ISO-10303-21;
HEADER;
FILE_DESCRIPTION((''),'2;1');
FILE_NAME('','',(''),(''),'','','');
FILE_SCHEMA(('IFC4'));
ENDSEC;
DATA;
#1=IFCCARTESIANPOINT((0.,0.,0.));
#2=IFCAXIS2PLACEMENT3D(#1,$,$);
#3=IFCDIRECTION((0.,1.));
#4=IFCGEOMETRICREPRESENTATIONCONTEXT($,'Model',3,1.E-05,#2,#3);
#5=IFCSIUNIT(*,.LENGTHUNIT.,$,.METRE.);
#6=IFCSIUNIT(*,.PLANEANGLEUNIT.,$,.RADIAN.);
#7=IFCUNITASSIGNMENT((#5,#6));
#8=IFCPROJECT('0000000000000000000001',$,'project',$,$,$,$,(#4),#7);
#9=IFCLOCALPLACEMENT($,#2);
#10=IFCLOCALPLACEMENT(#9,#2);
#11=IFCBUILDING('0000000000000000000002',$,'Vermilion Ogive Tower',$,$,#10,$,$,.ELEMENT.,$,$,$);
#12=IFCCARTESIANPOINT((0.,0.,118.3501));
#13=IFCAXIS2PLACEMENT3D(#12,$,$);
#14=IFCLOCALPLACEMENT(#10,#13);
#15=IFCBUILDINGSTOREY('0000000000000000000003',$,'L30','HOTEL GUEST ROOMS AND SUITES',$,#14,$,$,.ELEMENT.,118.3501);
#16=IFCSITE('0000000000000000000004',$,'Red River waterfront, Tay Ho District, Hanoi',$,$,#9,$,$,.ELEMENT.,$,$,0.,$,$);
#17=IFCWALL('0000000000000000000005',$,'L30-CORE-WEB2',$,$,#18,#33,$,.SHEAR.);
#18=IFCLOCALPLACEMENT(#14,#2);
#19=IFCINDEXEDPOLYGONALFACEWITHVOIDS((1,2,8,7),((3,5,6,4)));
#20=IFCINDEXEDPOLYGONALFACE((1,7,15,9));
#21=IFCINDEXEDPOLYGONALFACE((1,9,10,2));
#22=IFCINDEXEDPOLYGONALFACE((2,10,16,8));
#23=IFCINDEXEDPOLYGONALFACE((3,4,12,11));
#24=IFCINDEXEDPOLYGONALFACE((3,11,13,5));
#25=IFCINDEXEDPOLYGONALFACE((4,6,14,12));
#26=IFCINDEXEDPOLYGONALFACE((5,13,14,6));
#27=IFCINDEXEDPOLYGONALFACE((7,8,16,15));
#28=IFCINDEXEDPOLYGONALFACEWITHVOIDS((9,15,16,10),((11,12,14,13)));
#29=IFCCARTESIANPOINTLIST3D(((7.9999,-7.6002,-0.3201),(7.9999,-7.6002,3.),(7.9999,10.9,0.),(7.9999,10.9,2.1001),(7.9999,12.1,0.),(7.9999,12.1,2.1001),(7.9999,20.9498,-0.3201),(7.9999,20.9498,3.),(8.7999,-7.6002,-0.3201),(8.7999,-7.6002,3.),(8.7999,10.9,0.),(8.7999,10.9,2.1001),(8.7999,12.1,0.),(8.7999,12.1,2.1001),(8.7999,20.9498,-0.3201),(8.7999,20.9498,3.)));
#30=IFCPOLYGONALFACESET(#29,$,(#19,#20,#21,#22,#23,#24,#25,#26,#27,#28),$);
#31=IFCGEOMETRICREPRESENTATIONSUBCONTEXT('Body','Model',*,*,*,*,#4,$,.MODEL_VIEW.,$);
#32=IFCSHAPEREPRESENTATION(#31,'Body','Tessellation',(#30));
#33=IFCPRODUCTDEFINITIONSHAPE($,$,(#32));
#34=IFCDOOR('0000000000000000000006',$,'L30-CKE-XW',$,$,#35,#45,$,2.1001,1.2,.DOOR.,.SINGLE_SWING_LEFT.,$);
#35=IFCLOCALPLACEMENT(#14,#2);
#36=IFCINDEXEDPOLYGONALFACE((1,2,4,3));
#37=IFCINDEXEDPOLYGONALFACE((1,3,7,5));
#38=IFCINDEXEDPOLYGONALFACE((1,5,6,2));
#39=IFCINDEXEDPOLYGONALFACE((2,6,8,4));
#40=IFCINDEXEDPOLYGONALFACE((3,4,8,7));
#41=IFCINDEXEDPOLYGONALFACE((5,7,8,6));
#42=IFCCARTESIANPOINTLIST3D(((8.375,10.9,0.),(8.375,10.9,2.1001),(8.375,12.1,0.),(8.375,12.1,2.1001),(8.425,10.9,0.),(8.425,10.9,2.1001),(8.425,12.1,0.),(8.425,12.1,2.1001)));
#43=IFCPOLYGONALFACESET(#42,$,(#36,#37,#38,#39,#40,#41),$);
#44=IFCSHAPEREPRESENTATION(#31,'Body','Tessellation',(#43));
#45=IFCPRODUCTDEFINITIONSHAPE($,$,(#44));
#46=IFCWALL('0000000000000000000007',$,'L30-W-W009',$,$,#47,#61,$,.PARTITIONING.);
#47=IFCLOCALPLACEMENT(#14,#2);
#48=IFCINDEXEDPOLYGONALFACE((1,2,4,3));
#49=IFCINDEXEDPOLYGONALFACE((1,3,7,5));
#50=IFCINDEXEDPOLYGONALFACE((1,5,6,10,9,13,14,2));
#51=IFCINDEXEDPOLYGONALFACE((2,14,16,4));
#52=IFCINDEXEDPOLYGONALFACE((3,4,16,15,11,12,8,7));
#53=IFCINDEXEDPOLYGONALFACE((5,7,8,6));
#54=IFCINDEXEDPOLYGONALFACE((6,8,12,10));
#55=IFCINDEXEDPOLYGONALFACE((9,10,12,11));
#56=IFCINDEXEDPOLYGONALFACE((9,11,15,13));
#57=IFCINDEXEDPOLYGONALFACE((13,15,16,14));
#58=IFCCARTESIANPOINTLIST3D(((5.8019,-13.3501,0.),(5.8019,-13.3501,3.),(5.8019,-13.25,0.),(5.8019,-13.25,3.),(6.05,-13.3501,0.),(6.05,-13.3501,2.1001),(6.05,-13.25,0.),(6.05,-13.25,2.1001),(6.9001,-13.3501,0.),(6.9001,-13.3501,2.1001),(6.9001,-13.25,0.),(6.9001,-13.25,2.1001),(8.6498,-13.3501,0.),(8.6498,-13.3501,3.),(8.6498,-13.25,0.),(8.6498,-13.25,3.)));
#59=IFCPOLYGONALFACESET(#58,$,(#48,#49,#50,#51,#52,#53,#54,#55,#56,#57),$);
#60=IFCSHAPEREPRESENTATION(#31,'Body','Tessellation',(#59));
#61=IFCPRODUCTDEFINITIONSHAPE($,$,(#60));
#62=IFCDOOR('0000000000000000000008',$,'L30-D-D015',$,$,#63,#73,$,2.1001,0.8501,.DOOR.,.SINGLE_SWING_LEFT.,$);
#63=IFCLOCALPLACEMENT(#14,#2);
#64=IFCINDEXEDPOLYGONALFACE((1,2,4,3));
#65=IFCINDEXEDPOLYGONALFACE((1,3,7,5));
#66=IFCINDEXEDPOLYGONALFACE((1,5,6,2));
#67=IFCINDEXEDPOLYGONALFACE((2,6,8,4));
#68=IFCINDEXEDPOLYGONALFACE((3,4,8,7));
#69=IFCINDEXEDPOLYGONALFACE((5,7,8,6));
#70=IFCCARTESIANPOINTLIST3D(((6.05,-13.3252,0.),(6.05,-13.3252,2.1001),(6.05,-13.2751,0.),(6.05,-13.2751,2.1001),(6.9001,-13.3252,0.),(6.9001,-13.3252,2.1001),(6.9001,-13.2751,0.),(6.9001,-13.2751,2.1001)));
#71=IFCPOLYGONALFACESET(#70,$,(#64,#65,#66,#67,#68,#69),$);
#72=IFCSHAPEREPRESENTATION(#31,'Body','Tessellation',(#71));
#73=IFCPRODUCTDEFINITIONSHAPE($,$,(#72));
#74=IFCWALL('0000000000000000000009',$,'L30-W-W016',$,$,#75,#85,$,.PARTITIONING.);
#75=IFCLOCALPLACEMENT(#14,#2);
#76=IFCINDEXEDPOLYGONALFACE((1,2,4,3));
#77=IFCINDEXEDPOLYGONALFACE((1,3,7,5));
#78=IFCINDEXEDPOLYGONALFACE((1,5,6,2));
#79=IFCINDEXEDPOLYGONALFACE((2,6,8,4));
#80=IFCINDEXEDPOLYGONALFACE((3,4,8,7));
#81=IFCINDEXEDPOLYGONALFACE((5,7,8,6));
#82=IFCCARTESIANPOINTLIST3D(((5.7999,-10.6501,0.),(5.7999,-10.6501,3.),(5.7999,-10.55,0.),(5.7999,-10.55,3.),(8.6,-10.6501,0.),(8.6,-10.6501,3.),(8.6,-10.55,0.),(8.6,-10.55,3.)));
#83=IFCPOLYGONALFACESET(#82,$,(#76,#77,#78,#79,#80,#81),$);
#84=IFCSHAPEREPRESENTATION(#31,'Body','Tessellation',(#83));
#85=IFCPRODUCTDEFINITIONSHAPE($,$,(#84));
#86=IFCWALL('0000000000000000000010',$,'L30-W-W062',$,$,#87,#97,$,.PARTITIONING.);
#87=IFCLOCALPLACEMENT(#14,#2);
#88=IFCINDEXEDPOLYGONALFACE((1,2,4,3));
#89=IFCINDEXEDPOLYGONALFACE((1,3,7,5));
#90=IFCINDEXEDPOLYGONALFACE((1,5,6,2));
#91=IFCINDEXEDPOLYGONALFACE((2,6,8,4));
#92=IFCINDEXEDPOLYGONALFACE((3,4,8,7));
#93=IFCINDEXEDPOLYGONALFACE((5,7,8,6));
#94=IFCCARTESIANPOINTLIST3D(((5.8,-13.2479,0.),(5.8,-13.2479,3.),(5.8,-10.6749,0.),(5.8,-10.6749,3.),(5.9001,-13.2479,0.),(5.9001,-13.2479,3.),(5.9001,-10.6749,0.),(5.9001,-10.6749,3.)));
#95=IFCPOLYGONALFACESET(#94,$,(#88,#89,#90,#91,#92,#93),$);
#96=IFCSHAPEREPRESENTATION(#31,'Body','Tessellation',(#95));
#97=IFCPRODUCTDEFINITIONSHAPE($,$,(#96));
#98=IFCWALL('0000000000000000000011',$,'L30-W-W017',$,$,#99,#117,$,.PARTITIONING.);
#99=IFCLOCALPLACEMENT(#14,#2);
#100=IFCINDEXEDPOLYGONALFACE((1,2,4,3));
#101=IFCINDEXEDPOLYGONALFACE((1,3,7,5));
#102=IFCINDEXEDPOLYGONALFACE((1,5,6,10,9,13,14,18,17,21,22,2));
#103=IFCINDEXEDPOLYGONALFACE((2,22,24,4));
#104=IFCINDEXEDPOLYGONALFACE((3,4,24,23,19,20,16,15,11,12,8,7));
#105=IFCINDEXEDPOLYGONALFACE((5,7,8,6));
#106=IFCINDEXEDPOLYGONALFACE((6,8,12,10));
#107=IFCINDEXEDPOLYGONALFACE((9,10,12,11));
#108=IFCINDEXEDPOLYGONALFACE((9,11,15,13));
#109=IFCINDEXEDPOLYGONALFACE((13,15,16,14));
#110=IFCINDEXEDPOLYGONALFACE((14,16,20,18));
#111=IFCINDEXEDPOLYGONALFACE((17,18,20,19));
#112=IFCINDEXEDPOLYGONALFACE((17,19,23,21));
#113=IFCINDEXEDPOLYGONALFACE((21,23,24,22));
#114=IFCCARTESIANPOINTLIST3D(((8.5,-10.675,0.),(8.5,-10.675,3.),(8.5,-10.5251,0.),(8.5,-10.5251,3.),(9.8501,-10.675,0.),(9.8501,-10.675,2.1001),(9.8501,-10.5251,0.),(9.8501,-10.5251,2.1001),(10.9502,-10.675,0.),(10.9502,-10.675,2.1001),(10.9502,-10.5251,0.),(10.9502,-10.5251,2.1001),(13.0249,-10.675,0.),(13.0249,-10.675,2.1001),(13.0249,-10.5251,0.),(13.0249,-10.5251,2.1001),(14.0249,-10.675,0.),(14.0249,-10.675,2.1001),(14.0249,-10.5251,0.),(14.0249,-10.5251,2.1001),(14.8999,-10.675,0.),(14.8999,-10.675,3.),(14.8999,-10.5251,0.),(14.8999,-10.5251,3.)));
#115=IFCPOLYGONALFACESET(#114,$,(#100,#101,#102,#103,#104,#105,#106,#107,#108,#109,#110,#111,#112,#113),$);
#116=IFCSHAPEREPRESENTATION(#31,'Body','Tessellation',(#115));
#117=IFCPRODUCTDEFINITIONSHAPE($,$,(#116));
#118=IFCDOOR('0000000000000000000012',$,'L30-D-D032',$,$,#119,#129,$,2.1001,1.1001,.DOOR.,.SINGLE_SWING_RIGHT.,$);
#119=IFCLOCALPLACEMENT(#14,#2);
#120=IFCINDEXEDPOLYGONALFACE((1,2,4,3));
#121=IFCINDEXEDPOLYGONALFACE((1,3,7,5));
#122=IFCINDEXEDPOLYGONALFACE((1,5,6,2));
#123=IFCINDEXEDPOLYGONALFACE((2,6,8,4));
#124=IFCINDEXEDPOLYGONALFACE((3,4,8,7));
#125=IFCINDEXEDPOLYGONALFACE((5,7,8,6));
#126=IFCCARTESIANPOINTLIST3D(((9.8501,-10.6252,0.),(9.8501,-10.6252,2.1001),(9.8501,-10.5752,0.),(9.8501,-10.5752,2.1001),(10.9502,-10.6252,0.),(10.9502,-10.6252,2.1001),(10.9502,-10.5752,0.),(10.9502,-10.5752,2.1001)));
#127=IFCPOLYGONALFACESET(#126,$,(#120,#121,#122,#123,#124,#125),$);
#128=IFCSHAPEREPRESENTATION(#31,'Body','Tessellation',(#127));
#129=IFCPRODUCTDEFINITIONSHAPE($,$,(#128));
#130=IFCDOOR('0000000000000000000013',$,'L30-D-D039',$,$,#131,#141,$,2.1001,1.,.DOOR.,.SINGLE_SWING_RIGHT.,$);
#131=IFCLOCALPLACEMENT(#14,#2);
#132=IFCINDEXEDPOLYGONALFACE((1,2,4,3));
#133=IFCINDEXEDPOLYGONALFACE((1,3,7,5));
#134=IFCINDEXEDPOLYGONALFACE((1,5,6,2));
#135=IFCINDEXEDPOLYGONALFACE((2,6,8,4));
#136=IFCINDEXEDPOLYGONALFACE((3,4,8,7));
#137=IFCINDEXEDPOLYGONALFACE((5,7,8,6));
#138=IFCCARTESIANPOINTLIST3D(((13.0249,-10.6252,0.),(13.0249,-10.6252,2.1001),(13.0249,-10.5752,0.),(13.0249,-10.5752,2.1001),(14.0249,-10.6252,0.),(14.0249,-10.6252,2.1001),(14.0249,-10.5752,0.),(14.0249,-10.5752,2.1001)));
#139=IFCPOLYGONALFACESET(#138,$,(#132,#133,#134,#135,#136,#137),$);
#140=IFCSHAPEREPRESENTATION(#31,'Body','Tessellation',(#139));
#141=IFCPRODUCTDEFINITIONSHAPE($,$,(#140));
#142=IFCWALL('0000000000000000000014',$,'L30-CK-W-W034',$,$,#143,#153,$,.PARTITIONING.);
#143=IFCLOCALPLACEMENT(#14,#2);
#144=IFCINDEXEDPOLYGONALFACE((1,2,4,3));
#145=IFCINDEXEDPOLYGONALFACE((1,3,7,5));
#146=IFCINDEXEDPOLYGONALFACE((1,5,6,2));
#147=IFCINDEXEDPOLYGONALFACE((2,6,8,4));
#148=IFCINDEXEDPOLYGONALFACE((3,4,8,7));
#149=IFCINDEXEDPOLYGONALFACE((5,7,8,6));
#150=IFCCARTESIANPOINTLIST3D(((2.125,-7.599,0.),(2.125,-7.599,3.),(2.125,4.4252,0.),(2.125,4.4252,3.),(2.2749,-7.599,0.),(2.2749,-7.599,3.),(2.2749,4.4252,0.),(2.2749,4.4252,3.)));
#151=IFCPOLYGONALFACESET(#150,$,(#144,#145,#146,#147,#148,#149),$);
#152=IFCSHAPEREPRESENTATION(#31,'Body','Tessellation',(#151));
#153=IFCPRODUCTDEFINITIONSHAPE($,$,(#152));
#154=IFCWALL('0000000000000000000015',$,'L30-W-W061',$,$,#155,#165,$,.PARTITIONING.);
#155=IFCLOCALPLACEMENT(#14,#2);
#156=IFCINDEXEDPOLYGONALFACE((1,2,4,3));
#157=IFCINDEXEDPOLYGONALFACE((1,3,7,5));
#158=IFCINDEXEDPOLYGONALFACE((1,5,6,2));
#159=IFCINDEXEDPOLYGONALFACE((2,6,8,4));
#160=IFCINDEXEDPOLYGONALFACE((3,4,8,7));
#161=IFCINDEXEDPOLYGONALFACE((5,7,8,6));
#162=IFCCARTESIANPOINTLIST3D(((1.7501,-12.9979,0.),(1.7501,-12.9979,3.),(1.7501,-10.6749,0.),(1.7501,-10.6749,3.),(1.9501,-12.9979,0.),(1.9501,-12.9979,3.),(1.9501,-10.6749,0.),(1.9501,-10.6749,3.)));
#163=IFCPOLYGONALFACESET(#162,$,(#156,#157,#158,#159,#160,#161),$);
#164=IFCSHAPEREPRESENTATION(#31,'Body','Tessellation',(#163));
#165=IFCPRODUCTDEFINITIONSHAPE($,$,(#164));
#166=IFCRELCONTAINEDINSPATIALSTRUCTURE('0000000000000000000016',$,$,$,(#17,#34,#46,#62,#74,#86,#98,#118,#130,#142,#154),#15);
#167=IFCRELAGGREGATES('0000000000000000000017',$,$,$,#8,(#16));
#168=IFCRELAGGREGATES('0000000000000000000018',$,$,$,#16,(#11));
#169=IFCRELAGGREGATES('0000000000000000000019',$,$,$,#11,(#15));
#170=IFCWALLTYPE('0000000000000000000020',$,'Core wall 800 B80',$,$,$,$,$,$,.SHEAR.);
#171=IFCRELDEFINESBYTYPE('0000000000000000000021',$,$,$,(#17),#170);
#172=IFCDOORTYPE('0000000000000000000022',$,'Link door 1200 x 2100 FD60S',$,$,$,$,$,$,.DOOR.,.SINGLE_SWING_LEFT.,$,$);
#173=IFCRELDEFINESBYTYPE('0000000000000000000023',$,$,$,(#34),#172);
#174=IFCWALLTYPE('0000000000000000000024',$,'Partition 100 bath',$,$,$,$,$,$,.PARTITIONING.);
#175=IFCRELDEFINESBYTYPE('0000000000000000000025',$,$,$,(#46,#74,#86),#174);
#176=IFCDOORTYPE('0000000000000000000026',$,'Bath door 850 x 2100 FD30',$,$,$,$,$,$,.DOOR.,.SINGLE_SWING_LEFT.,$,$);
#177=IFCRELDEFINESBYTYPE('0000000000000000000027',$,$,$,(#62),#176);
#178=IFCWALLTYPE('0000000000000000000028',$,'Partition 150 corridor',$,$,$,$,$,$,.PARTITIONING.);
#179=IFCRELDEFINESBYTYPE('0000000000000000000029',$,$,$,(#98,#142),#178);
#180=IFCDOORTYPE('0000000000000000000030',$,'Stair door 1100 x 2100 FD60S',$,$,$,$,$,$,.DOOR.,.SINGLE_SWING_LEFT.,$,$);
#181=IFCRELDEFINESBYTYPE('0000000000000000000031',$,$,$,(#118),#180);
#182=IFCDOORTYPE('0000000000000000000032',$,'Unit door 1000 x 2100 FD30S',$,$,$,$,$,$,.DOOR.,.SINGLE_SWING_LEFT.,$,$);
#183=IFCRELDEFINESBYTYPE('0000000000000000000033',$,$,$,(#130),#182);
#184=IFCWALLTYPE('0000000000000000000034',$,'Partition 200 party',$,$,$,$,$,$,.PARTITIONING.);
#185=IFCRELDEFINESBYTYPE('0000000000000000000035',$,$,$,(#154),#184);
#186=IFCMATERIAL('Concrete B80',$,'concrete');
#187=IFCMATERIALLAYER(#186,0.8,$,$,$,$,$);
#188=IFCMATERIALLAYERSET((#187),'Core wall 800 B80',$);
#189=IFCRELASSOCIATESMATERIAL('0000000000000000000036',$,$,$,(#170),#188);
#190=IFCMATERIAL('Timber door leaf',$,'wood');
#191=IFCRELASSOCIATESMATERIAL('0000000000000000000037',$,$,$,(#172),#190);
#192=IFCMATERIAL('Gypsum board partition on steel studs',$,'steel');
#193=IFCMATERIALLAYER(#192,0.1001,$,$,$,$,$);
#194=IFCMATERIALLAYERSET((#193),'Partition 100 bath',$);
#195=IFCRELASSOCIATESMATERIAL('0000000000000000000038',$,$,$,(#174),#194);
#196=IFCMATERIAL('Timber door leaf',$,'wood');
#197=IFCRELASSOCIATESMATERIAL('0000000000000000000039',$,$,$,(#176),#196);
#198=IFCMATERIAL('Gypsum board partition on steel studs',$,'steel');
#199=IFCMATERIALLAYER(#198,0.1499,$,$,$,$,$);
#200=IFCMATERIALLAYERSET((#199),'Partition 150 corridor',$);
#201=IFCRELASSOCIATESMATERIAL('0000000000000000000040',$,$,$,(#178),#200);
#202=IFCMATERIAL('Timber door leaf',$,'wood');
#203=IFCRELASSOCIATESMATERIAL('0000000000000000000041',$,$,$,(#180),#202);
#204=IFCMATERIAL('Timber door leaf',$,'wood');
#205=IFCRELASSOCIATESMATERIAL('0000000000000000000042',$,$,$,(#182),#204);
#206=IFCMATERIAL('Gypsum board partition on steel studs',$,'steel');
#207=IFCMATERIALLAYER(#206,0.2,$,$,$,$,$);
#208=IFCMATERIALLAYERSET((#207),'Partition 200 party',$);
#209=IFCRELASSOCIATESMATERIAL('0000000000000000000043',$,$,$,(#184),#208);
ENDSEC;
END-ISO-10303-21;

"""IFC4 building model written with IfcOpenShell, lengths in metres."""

from ifc_helpers import new_model, si_unit, direction, frame, frame_2d, origin, place, context, subcontext, project, spatial, rectangle, extrude, material, layer, layer_set, type_object, element, fill, save


model = new_model("IFC4")

# Units and contexts
model_context = context("Model", 3, precision=1e-05, world=origin(), true_north=direction((0.0, 1.0)))
body_context = subcontext(model_context, "Body", "Model", "MODEL_VIEW")
ifc_project = project(units=[si_unit("LENGTHUNIT", "METRE"), si_unit("PLANEANGLEUNIT", "RADIAN")], contexts=[model_context])

# Site, building, storey
site_placement = place(None, origin())
site = spatial("IfcSite", under=ifc_project, at=site_placement, Name="Red River waterfront, Tay Ho District, Hanoi", CompositionType="ELEMENT", RefElevation=0.0)
building_placement = place(site_placement, origin())
building = spatial("IfcBuilding", under=site, at=building_placement, Name="Vermilion Ogive Tower", CompositionType="ELEMENT")
storey_placement = place(building_placement, frame((0.0, 0.0, 118.3501)))
storey = spatial("IfcBuildingStorey", under=building, at=storey_placement, Name="L30", Description="HOTEL GUEST ROOMS AND SUITES", CompositionType="ELEMENT", Elevation=118.3501)

# Walls, openings, doors
ifc_material_1 = material(Name="Concrete B80", Category="concrete")
ifc_layer_1 = layer(ifc_material_1, 0.8)
ifc_layer_set_1 = layer_set([ifc_layer_1], Name="Core wall 800 B80")
wall_type_1 = type_object("IfcWallType", Name="Core wall 800 B80", PredefinedType="SHEAR", material=ifc_layer_set_1)
wall_1_placement = place(storey_placement, frame((8.3999, -7.6001, -0.3201), z_axis=(0.0, 0.0, 1.0), x_axis=(0.0, 1.0, 0.0)))
wall_1 = element("IfcWall", 1, at=wall_1_placement, inside=storey, type_object=wall_type_1, Name="L30-CORE-WEB2", PredefinedType="SHEAR", context=body_context, shape_type="SweptSolid", body=[
    extrude(rectangle(XDim=28.55, YDim=0.8, at=frame_2d((14.2749, 0.0))), origin(), (0.0, 0.0, 1.0), 3.3201),
])
opening_1_placement = place(wall_1_placement, frame((18.5, 0.0, 0.3201)))
opening_1 = element("IfcOpeningElement", 2, at=opening_1_placement, cuts=wall_1, PredefinedType="OPENING", context=body_context, shape_type="SweptSolid", body=[
    extrude(rectangle(XDim=1.2, YDim=2.1001, at=frame_2d((0.6001, 1.05))), frame((0.0, 0.4099, 0.0), z_axis=(0.0, -1.0, 0.0), x_axis=(1.0, 0.0, 0.0)), (0.0, 0.0, 1.0), 0.8201),
])
ifc_material_2 = material(Name="Timber door leaf", Category="wood")
door_type_1 = type_object("IfcDoorType", Name="Link door 1200 x 2100 FD60S", OperationType="SINGLE_SWING_LEFT", PredefinedType="DOOR", material=ifc_material_2)
door_1_placement = place(opening_1_placement, origin())
door_1 = element("IfcDoor", 3, at=door_1_placement, inside=storey, type_object=door_type_1, Name="L30-CKE-XW", OperationType="SINGLE_SWING_LEFT", OverallHeight=2.1001, OverallWidth=1.2, PredefinedType="DOOR", context=body_context, shape_type="SweptSolid", body=[
    extrude(rectangle(XDim=1.2, YDim=2.1001, at=frame_2d((0.6001, 1.05))), frame((0.0, 0.0249, 0.0), z_axis=(0.0, -1.0, 0.0), x_axis=(1.0, 0.0, 0.0)), (0.0, 0.0, 1.0), 0.05),
])
fill(opening_1, door_1)
ifc_material_3 = material(Name="Gypsum board partition on steel studs", Category="steel")
ifc_layer_2 = layer(ifc_material_3, 0.1001)
ifc_layer_set_2 = layer_set([ifc_layer_2], Name="Partition 100 bath")
wall_type_2 = type_object("IfcWallType", Name="Partition 100 bath", PredefinedType="PARTITIONING", material=ifc_layer_set_2)
wall_2_placement = place(storey_placement, frame((5.802, -13.3, 0.0), z_axis=(0.0, 0.0, 1.0), x_axis=(1.0, 0.0, 0.0)))
wall_2 = element("IfcWall", 4, at=wall_2_placement, inside=storey, type_object=wall_type_2, Name="L30-W-W009", PredefinedType="PARTITIONING", context=body_context, shape_type="SweptSolid", body=[
    extrude(rectangle(XDim=2.8479, YDim=0.1001, at=frame_2d((1.4238, 0.0))), origin(), (0.0, 0.0, 1.0), 3.0),
])
opening_2_placement = place(wall_2_placement, frame((0.248, 0.0, 0.0)))
opening_2 = element("IfcOpeningElement", 5, at=opening_2_placement, cuts=wall_2, PredefinedType="OPENING", context=body_context, shape_type="SweptSolid", body=[
    extrude(rectangle(XDim=0.8501, YDim=2.1001, at=frame_2d((0.425, 1.05))), frame((0.0, 0.0601, 0.0), z_axis=(0.0, -1.0, 0.0), x_axis=(1.0, 0.0, 0.0)), (0.0, 0.0, 1.0), 0.1201),
])
ifc_material_4 = material(Name="Timber door leaf", Category="wood")
door_type_2 = type_object("IfcDoorType", Name="Bath door 850 x 2100 FD30", OperationType="SINGLE_SWING_LEFT", PredefinedType="DOOR", material=ifc_material_4)
door_2_placement = place(opening_2_placement, origin())
door_2 = element("IfcDoor", 6, at=door_2_placement, inside=storey, type_object=door_type_2, Name="L30-D-D015", OperationType="SINGLE_SWING_LEFT", OverallHeight=2.1001, OverallWidth=0.8501, PredefinedType="DOOR", context=body_context, shape_type="SweptSolid", body=[
    extrude(rectangle(XDim=0.8501, YDim=2.1001, at=frame_2d((0.425, 1.05))), frame((0.0, 0.0249, 0.0), z_axis=(0.0, -1.0, 0.0), x_axis=(1.0, 0.0, 0.0)), (0.0, 0.0, 1.0), 0.05),
])
fill(opening_2, door_2)

# Walls
wall_3_placement = place(storey_placement, frame((5.8, -10.6001, 0.0), z_axis=(0.0, 0.0, 1.0), x_axis=(1.0, 0.0, 0.0)))
element("IfcWall", 7, at=wall_3_placement, inside=storey, type_object=wall_type_2, Name="L30-W-W016", PredefinedType="PARTITIONING", context=body_context, shape_type="SweptSolid", body=[
    extrude(rectangle(XDim=2.8, YDim=0.1001, at=frame_2d((1.3999, 0.0))), origin(), (0.0, 0.0, 1.0), 3.0),
])
wall_4_placement = place(storey_placement, frame((5.8501, -13.248, 0.0), z_axis=(0.0, 0.0, 1.0), x_axis=(0.0, 1.0, 0.0)))
element("IfcWall", 8, at=wall_4_placement, inside=storey, type_object=wall_type_2, Name="L30-W-W062", PredefinedType="PARTITIONING", context=body_context, shape_type="SweptSolid", body=[
    extrude(rectangle(XDim=2.573, YDim=0.1001, at=frame_2d((1.2866, 0.0))), origin(), (0.0, 0.0, 1.0), 3.0),
])

# Wall, openings, doors
ifc_material_5 = material(Name="Gypsum board partition on steel studs", Category="steel")
ifc_layer_3 = layer(ifc_material_5, 0.1499)
ifc_layer_set_3 = layer_set([ifc_layer_3], Name="Partition 150 corridor")
wall_type_3 = type_object("IfcWallType", Name="Partition 150 corridor", PredefinedType="PARTITIONING", material=ifc_layer_set_3)
wall_5_placement = place(storey_placement, frame((8.5, -10.6001, 0.0), z_axis=(0.0, 0.0, 1.0), x_axis=(1.0, 0.0, 0.0)))
wall_5 = element("IfcWall", 9, at=wall_5_placement, inside=storey, type_object=wall_type_3, Name="L30-W-W017", PredefinedType="PARTITIONING", context=body_context, shape_type="SweptSolid", body=[
    extrude(rectangle(XDim=6.3999, YDim=0.1499, at=frame_2d((3.2, 0.0))), origin(), (0.0, 0.0, 1.0), 3.0),
])
opening_3_placement = place(wall_5_placement, frame((1.3501, 0.0, 0.0)))
opening_3 = element("IfcOpeningElement", 10, at=opening_3_placement, cuts=wall_5, PredefinedType="OPENING", context=body_context, shape_type="SweptSolid", body=[
    extrude(rectangle(XDim=1.1001, YDim=2.1001, at=frame_2d((0.55, 1.05))), frame((0.0, 0.085, 0.0), z_axis=(0.0, -1.0, 0.0), x_axis=(1.0, 0.0, 0.0)), (0.0, 0.0, 1.0), 0.1699),
])
opening_4_placement = place(wall_5_placement, frame((4.5249, 0.0, 0.0)))
opening_4 = element("IfcOpeningElement", 11, at=opening_4_placement, cuts=wall_5, PredefinedType="OPENING", context=body_context, shape_type="SweptSolid", body=[
    extrude(rectangle(XDim=1.0, YDim=2.1001, at=frame_2d((0.5, 1.05))), frame((0.0, 0.085, 0.0), z_axis=(0.0, -1.0, 0.0), x_axis=(1.0, 0.0, 0.0)), (0.0, 0.0, 1.0), 0.1699),
])
ifc_material_6 = material(Name="Timber door leaf", Category="wood")
door_type_3 = type_object("IfcDoorType", Name="Stair door 1100 x 2100 FD60S", OperationType="SINGLE_SWING_LEFT", PredefinedType="DOOR", material=ifc_material_6)
door_3_placement = place(opening_3_placement, origin())
door_3 = element("IfcDoor", 12, at=door_3_placement, inside=storey, type_object=door_type_3, Name="L30-D-D032", OperationType="SINGLE_SWING_RIGHT", OverallHeight=2.1001, OverallWidth=1.1001, PredefinedType="DOOR", context=body_context, shape_type="SweptSolid", body=[
    extrude(rectangle(XDim=1.1001, YDim=2.1001, at=frame_2d((0.55, 1.05))), frame((0.0, 0.0249, 0.0), z_axis=(0.0, -1.0, 0.0), x_axis=(1.0, 0.0, 0.0)), (0.0, 0.0, 1.0), 0.05),
])
fill(opening_3, door_3)
ifc_material_7 = material(Name="Timber door leaf", Category="wood")
door_type_4 = type_object("IfcDoorType", Name="Unit door 1000 x 2100 FD30S", OperationType="SINGLE_SWING_LEFT", PredefinedType="DOOR", material=ifc_material_7)
door_4_placement = place(opening_4_placement, origin())
door_4 = element("IfcDoor", 13, at=door_4_placement, inside=storey, type_object=door_type_4, Name="L30-D-D039", OperationType="SINGLE_SWING_RIGHT", OverallHeight=2.1001, OverallWidth=1.0, PredefinedType="DOOR", context=body_context, shape_type="SweptSolid", body=[
    extrude(rectangle(XDim=1.0, YDim=2.1001, at=frame_2d((0.5, 1.05))), frame((0.0, 0.0249, 0.0), z_axis=(0.0, -1.0, 0.0), x_axis=(1.0, 0.0, 0.0)), (0.0, 0.0, 1.0), 0.05),
])
fill(opening_4, door_4)

# Walls
wall_6_placement = place(storey_placement, frame((2.2, -7.5991, 0.0), z_axis=(0.0, 0.0, 1.0), x_axis=(0.0, 1.0, 0.0)))
element("IfcWall", 14, at=wall_6_placement, inside=storey, type_object=wall_type_3, Name="L30-CK-W-W034", PredefinedType="PARTITIONING", context=body_context, shape_type="SweptSolid", body=[
    extrude(rectangle(XDim=12.0242, YDim=0.1499, at=frame_2d((6.0122, 0.0))), origin(), (0.0, 0.0, 1.0), 3.0),
])
ifc_material_8 = material(Name="Gypsum board partition on steel studs", Category="steel")
ifc_layer_4 = layer(ifc_material_8, 0.2)
ifc_layer_set_4 = layer_set([ifc_layer_4], Name="Partition 200 party")
wall_type_4 = type_object("IfcWallType", Name="Partition 200 party", PredefinedType="PARTITIONING", material=ifc_layer_set_4)
wall_7_placement = place(storey_placement, frame((1.8501, -12.998, 0.0), z_axis=(0.0, 0.0, 1.0), x_axis=(0.0, 1.0, 0.0)))
element("IfcWall", 15, at=wall_7_placement, inside=storey, type_object=wall_type_4, Name="L30-W-W061", PredefinedType="PARTITIONING", context=body_context, shape_type="SweptSolid", body=[
    extrude(rectangle(XDim=2.323, YDim=0.2, at=frame_2d((1.1616, 0.0))), origin(), (0.0, 0.0, 1.0), 3.0),
])

save(model, "model.ifc")
